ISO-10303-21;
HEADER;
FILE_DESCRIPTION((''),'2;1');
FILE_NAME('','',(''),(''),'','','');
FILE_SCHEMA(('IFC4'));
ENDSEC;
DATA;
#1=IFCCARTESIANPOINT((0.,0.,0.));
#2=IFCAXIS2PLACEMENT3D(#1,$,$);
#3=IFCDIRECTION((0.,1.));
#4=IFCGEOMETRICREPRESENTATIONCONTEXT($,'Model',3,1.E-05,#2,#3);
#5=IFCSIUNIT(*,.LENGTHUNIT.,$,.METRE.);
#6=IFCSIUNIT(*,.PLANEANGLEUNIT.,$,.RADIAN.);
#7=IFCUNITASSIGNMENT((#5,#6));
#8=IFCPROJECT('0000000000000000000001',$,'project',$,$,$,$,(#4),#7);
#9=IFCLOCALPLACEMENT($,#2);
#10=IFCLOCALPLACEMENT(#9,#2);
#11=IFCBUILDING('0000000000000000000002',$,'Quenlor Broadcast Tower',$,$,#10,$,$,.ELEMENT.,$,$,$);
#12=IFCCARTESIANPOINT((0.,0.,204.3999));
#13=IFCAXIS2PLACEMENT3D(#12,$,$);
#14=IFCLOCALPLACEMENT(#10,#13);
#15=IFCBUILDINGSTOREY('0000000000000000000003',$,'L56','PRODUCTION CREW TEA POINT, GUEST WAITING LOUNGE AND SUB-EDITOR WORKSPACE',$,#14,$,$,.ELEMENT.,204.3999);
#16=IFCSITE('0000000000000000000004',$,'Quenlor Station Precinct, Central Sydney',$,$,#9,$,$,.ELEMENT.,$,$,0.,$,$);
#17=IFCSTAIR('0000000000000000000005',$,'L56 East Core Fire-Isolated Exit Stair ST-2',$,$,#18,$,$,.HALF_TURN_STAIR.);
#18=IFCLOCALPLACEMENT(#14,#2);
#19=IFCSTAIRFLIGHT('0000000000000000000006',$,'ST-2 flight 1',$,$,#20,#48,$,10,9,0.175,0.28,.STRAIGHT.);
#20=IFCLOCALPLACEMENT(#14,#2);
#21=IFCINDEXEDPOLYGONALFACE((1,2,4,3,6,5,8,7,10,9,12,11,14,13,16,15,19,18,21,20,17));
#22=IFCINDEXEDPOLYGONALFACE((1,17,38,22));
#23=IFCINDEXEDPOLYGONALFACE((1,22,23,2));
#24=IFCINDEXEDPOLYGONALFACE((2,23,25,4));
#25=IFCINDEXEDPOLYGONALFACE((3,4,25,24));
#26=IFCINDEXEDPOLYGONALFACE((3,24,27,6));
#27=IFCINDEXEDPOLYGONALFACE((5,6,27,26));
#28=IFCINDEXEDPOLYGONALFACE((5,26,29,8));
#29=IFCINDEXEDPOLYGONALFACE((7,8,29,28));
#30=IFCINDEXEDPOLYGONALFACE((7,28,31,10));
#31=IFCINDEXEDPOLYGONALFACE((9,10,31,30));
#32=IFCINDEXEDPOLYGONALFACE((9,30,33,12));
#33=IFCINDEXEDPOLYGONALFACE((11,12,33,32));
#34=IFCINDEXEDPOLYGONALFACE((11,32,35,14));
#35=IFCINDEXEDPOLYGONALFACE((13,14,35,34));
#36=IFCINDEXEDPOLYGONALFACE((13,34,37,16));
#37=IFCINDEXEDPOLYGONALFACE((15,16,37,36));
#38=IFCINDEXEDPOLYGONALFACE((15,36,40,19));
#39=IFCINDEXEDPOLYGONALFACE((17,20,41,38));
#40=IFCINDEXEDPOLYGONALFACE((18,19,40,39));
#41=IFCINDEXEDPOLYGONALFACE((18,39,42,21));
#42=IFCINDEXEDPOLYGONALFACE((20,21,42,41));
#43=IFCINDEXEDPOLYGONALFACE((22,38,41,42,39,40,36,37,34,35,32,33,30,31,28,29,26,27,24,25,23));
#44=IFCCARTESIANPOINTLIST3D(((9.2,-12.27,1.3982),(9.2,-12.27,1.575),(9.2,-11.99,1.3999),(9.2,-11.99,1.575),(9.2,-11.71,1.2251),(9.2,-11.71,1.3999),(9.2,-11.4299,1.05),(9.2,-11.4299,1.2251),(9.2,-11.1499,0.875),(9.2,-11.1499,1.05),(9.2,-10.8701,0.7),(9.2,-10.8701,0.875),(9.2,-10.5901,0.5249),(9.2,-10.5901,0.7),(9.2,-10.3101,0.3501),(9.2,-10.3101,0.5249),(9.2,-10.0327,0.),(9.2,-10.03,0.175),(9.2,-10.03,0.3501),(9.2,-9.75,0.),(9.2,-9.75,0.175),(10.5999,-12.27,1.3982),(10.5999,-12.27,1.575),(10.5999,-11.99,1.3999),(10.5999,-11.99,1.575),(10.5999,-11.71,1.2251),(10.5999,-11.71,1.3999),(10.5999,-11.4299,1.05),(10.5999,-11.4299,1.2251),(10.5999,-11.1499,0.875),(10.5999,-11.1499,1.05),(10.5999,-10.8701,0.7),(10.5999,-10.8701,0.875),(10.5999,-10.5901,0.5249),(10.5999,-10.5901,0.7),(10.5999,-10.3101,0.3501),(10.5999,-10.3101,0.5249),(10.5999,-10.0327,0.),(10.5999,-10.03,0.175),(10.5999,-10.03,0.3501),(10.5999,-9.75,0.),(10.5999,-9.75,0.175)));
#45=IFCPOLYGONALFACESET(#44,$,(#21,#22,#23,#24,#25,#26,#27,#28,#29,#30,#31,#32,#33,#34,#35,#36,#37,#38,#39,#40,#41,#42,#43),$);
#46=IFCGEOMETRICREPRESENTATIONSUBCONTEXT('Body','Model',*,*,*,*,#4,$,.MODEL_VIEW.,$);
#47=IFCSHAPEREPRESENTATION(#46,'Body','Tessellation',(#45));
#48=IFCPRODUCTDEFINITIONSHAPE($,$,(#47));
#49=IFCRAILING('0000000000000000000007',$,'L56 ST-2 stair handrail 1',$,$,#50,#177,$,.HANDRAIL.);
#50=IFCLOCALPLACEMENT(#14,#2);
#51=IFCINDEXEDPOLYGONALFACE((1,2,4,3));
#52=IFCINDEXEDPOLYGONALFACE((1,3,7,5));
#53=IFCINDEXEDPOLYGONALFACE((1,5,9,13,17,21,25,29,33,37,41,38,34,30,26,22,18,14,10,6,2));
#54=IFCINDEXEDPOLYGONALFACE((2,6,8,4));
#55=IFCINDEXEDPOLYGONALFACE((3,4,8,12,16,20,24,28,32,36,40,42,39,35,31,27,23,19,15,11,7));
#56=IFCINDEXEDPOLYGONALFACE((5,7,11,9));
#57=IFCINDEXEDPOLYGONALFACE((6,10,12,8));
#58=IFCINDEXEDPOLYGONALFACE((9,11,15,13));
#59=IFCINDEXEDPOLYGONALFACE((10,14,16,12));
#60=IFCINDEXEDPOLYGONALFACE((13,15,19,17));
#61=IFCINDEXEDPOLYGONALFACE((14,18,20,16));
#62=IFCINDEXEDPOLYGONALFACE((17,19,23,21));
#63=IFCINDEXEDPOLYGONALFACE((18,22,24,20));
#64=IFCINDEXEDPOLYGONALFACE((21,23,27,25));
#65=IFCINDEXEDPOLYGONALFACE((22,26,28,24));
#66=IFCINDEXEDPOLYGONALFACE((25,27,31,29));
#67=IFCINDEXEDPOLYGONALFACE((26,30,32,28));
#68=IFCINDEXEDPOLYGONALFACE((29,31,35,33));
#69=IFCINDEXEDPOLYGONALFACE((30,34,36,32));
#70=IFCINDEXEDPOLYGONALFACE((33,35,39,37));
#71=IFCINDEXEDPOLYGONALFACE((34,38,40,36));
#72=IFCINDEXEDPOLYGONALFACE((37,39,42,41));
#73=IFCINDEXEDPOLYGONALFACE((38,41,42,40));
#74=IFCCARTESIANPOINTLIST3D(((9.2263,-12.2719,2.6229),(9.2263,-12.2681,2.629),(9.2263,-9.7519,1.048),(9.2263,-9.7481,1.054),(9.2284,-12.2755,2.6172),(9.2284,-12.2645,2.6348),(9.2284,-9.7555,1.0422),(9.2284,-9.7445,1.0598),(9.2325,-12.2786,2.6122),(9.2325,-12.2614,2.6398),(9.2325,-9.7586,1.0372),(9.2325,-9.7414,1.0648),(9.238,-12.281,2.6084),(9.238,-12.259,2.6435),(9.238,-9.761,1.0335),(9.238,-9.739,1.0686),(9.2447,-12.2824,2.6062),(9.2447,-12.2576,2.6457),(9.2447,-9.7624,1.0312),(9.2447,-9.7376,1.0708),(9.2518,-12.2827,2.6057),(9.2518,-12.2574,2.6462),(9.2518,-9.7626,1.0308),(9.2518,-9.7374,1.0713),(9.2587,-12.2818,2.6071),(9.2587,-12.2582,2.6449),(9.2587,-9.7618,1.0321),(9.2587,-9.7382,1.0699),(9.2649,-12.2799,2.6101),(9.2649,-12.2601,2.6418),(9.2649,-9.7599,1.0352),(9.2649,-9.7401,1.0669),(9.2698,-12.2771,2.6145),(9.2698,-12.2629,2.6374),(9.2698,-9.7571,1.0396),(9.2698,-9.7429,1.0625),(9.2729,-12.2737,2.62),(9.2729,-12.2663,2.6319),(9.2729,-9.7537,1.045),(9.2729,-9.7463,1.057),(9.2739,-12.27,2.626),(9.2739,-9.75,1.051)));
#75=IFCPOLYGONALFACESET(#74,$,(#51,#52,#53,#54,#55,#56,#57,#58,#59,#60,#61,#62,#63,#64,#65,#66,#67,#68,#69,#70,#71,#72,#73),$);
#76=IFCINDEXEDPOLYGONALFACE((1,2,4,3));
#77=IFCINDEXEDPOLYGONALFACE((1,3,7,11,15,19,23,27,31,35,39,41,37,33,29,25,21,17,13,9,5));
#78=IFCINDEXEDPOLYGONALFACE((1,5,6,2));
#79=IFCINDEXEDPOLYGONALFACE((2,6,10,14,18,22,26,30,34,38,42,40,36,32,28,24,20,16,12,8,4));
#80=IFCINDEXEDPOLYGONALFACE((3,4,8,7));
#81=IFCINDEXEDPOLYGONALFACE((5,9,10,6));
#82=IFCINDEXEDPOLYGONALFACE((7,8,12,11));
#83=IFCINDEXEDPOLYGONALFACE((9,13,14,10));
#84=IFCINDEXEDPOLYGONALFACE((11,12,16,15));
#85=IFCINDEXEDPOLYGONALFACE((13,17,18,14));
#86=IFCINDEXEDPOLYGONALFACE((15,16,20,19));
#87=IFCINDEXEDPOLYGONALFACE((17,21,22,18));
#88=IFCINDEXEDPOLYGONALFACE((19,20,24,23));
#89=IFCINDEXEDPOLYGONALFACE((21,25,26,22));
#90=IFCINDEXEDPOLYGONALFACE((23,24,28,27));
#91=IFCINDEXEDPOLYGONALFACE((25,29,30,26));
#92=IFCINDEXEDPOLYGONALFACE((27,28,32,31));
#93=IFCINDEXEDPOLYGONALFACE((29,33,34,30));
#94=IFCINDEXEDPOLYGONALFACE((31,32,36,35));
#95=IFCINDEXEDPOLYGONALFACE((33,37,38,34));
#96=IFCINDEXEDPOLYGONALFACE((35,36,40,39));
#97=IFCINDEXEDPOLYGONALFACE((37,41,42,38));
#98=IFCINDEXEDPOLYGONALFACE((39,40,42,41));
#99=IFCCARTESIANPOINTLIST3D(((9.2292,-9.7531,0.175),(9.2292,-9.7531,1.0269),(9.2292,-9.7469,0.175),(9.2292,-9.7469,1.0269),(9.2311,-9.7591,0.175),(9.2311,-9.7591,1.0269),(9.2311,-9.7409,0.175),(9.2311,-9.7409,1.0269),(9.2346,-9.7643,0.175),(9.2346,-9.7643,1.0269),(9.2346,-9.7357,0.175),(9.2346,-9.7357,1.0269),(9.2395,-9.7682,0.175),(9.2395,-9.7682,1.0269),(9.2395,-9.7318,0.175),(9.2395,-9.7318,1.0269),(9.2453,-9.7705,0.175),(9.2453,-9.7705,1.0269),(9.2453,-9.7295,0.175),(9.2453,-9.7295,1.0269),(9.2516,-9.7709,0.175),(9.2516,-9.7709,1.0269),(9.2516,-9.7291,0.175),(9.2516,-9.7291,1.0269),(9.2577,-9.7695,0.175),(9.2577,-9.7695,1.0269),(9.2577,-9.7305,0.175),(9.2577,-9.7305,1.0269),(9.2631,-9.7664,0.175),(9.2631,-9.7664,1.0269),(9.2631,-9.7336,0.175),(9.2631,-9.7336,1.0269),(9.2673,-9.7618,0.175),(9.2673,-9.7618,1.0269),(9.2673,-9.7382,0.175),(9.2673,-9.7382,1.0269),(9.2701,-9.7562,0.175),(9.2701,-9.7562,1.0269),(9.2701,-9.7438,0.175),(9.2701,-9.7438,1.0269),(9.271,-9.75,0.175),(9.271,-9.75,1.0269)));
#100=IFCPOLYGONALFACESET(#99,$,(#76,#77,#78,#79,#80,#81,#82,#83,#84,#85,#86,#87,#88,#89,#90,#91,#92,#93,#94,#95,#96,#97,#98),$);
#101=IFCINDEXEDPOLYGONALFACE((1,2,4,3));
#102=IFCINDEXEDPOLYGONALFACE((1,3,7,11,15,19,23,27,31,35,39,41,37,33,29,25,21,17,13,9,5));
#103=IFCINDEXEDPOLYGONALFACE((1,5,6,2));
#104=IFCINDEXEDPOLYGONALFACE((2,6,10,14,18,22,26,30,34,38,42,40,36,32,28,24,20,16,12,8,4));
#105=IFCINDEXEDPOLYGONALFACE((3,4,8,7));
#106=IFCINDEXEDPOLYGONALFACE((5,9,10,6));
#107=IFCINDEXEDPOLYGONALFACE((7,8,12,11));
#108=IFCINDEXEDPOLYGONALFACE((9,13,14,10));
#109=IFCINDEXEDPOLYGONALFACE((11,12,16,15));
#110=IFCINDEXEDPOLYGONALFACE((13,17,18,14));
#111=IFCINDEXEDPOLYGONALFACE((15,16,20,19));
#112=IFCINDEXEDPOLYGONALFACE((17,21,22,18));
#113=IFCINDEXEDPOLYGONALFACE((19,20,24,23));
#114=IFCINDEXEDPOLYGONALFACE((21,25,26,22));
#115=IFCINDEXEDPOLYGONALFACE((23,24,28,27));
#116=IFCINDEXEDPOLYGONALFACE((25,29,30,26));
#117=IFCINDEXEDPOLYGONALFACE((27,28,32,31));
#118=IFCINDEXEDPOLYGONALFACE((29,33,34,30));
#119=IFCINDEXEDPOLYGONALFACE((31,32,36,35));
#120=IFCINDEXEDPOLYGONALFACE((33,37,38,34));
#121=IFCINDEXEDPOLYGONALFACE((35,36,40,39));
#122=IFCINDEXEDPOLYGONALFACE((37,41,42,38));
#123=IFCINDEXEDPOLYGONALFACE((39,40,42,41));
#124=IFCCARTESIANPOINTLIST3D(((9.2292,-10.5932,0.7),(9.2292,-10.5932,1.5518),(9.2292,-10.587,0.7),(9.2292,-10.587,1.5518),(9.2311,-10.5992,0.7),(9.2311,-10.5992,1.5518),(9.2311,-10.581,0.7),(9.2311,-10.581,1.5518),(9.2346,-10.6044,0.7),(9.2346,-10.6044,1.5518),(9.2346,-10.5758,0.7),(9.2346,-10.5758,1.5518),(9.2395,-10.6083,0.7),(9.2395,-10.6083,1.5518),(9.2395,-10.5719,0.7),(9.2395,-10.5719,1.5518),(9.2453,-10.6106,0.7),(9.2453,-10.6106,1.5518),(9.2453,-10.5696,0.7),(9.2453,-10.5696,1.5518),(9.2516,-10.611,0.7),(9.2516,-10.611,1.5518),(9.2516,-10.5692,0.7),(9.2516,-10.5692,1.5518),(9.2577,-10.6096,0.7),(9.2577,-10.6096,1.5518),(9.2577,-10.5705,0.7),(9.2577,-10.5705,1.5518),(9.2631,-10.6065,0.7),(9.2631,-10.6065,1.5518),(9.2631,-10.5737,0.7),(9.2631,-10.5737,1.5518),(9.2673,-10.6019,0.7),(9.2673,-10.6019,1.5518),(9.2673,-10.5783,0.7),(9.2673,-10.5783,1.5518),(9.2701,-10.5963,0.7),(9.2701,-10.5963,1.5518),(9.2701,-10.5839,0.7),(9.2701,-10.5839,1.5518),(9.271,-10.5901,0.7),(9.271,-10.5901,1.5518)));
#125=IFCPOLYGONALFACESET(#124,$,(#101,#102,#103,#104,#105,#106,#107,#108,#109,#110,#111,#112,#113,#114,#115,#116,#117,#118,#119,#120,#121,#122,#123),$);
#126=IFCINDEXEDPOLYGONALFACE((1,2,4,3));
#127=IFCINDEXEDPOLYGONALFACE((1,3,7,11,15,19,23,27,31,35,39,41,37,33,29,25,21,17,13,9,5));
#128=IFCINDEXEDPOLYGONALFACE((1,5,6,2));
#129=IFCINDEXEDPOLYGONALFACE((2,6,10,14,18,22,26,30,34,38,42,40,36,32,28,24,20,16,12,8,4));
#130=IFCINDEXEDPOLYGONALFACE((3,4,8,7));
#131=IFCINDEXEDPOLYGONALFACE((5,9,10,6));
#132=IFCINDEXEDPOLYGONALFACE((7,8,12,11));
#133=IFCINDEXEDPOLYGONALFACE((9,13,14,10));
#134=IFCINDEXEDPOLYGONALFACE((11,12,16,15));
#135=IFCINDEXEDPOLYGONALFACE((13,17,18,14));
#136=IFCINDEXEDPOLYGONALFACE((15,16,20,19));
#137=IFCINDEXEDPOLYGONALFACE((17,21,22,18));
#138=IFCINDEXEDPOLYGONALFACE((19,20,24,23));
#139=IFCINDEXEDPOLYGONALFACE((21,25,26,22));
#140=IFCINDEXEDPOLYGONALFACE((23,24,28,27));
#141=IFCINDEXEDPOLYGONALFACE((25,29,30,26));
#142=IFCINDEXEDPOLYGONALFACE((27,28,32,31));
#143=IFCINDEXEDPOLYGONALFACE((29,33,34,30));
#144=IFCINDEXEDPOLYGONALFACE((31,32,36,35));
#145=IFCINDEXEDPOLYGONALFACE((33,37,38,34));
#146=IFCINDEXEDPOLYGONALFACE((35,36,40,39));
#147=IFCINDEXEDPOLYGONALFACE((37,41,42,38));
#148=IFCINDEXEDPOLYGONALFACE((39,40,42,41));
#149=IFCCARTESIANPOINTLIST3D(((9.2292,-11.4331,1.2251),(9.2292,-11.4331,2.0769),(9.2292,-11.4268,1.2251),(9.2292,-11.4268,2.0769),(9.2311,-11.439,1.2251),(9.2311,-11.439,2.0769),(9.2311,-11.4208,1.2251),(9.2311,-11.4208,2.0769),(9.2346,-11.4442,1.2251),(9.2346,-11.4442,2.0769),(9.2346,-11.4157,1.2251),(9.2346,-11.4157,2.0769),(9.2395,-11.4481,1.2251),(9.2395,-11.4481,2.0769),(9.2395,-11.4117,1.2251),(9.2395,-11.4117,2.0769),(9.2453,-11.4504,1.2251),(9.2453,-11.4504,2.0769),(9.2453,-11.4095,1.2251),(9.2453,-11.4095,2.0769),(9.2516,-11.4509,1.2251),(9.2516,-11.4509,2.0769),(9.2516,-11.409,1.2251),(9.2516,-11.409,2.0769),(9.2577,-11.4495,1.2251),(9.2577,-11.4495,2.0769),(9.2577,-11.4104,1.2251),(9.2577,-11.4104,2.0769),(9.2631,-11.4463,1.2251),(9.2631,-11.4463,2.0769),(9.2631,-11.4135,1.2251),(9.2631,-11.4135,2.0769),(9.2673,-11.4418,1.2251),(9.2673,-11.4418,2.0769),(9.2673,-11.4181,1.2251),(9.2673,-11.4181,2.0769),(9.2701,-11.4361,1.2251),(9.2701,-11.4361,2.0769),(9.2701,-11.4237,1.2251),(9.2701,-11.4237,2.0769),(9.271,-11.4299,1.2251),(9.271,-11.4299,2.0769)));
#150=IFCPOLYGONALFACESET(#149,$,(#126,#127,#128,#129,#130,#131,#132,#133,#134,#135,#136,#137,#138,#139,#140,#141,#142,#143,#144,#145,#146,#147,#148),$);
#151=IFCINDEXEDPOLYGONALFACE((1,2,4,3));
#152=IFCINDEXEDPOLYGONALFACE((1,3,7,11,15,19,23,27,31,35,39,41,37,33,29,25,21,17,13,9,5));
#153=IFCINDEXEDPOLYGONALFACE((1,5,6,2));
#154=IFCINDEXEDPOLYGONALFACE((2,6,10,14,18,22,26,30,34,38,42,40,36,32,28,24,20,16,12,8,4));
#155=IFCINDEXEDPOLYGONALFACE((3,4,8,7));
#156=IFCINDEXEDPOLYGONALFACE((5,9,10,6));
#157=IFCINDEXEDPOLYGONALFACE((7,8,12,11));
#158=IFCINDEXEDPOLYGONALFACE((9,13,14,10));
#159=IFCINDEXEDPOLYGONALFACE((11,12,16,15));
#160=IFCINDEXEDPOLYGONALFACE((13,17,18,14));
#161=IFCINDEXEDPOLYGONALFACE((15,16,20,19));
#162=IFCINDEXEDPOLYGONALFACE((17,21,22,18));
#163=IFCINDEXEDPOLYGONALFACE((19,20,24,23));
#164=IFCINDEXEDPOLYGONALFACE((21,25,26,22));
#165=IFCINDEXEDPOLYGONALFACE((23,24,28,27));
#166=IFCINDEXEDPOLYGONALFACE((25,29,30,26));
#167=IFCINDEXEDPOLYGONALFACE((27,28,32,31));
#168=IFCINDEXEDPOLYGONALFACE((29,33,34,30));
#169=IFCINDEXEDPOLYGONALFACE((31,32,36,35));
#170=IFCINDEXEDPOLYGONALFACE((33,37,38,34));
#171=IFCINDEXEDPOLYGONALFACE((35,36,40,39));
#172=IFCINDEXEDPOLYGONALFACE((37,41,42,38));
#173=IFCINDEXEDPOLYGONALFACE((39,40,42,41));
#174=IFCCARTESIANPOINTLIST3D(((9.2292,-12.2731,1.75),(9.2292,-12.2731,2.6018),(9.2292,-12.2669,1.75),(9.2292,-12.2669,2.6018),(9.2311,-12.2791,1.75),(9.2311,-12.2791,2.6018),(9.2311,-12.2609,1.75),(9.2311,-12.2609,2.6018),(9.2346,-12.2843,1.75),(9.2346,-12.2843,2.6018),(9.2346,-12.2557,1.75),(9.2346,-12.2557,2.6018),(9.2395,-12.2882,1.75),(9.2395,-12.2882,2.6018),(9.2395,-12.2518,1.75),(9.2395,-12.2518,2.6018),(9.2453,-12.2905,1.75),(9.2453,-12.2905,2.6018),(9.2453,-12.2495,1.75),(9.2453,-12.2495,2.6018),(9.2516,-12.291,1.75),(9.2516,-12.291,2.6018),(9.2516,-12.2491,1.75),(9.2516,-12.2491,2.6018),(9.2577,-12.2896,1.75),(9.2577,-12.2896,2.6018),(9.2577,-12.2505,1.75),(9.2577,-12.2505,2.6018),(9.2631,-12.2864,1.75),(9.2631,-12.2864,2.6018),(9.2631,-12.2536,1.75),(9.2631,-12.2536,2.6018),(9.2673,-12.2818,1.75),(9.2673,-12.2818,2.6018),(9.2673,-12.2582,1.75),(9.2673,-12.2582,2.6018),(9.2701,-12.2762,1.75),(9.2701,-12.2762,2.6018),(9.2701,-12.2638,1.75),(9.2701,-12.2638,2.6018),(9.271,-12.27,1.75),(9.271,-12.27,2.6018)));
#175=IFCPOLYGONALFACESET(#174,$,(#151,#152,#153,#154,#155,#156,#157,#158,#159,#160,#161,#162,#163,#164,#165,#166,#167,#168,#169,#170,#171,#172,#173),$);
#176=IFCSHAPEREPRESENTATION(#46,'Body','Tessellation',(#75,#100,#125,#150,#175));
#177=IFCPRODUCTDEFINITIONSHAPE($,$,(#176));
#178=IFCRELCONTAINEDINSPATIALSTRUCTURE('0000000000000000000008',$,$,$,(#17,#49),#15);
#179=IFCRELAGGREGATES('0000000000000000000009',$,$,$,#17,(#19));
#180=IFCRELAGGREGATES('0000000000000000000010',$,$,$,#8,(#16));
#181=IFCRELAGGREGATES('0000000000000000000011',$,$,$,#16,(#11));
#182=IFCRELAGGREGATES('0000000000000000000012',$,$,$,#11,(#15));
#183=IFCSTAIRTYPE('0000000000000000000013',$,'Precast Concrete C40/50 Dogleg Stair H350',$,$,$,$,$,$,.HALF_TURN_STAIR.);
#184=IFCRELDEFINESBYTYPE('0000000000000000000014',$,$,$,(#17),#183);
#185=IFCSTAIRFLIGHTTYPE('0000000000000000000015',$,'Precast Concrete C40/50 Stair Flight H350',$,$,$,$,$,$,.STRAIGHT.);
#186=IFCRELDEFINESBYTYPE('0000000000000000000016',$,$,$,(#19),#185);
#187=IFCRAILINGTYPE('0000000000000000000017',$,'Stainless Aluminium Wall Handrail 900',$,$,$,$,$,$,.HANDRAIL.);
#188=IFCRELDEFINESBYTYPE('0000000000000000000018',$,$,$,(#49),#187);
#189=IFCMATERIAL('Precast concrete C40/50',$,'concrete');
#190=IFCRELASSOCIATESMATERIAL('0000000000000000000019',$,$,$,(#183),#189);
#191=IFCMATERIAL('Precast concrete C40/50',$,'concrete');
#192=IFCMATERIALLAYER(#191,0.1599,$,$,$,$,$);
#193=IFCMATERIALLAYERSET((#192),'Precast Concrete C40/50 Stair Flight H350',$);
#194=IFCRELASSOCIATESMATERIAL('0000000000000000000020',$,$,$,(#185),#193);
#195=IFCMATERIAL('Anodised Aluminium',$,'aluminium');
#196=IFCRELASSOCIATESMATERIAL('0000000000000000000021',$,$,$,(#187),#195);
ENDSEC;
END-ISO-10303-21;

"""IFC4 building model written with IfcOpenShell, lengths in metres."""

from ifc_helpers import new_model, si_unit, direction, frame, origin, origin_2d, place, context, subcontext, project, spatial, polyline, circle, outline, extrude, material, layer, layer_set, type_object, element, aggregate, save


model = new_model("IFC4")

# Units and contexts
model_context = context("Model", 3, precision=1e-05, world=origin(), true_north=direction((0.0, 1.0)))
body_context = subcontext(model_context, "Body", "Model", "MODEL_VIEW")
ifc_project = project(units=[si_unit("LENGTHUNIT", "METRE"), si_unit("PLANEANGLEUNIT", "RADIAN")], contexts=[model_context])

# Site, building, storey
site_placement = place(None, origin())
site = spatial("IfcSite", under=ifc_project, at=site_placement, Name="Quenlor Station Precinct, Central Sydney", CompositionType="ELEMENT", RefElevation=0.0)
building_placement = place(site_placement, origin())
building = spatial("IfcBuilding", under=site, at=building_placement, Name="Quenlor Broadcast Tower", CompositionType="ELEMENT")
storey_placement = place(building_placement, frame((0.0, 0.0, 204.3999)))
storey = spatial("IfcBuildingStorey", under=building, at=storey_placement, Name="L56", Description="PRODUCTION CREW TEA POINT, GUEST WAITING LOUNGE AND SUB-EDITOR WORKSPACE", CompositionType="ELEMENT", Elevation=204.3999)

# Stair, stair flight
ifc_material_1 = material(Name="Precast concrete C40/50", Category="concrete")
stair_type = type_object("IfcStairType", Name="Precast Concrete C40/50 Dogleg Stair H350", PredefinedType="HALF_TURN_STAIR", material=ifc_material_1)
stair_placement = place(storey_placement, origin())
stair = element("IfcStair", 1, at=stair_placement, inside=storey, type_object=stair_type, Name="L56 East Core Fire-Isolated Exit Stair ST-2", PredefinedType="HALF_TURN_STAIR")
ifc_material_2 = material(Name="Precast concrete C40/50", Category="concrete")
ifc_layer_1 = layer(ifc_material_2, 0.1599)
ifc_layer_set_1 = layer_set([ifc_layer_1], Name="Precast Concrete C40/50 Stair Flight H350")
stair_flight_type = type_object("IfcStairFlightType", Name="Precast Concrete C40/50 Stair Flight H350", PredefinedType="STRAIGHT", material=ifc_layer_set_1)
stair_flight_placement = place(storey_placement, frame((9.8999, -9.75, 0.0), z_axis=(0.0, 0.0, 1.0), x_axis=(0.0, -1.0, 0.0)))
stair_flight = element("IfcStairFlight", 2, at=stair_flight_placement, type_object=stair_flight_type, Name="ST-2 flight 1", NumberOfRisers=10, NumberOfTreads=9, PredefinedType="STRAIGHT", RiserHeight=0.175, TreadLength=0.28, context=body_context, shape_type="SweptSolid", body=[
    extrude(outline(polyline([(0.0, 0.0), (0.0, 0.175), (0.28, 0.175), (0.28, 0.3501), (0.5601, 0.3501), (0.5601, 0.5249), (0.8401, 0.5249), (0.8401, 0.7), (1.1201, 0.7), (1.1201, 0.875), (1.3999, 0.875), (1.3999, 1.05), (1.6799, 1.05), (1.6799, 1.2251), (1.96, 1.2251), (1.96, 1.3999), (2.24, 1.3999), (2.24, 1.575), (2.52, 1.575), (2.52, 1.75), (2.52, 1.3982), (0.2827, 0.0), (0.0, 0.0)])), frame((0.0, 0.7, 0.0), z_axis=(0.0, -1.0, 0.0), x_axis=(1.0, 0.0, 0.0)), (0.0, 0.0, 1.0), 1.3999),
])
aggregate(stair, [stair_flight])

# Railing
ifc_material_3 = material(Name="Anodised Aluminium", Category="aluminium")
railing_type_1 = type_object("IfcRailingType", Name="Stainless Aluminium Wall Handrail 900", PredefinedType="HANDRAIL", material=ifc_material_3)
railing_1_placement = place(storey_placement, frame((9.25, -9.75, 0.175)))
element("IfcRailing", 3, at=railing_1_placement, inside=storey, type_object=railing_type_1, Name="L56 ST-2 stair handrail 1", PredefinedType="HANDRAIL", context=body_context, shape_type="SweptSolid", body=[
    extrude(circle(Radius=0.0239, at=origin_2d()), frame((0.0, 0.0, 0.876), z_axis=(0.0, -0.848008, 0.529984), x_axis=(1.0, 0.0, 0.0)), (0.0, 0.0, 1.0), 2.9717),
    extrude(circle(Radius=0.021, at=origin_2d()), origin(), (0.0, 0.0, 1.0), 0.8518),
    extrude(circle(Radius=0.021, at=origin_2d()), frame((0.0, -0.8401, 0.5249)), (0.0, 0.0, 1.0), 0.8518),
    extrude(circle(Radius=0.021, at=origin_2d()), frame((0.0, -1.6799, 1.05)), (0.0, 0.0, 1.0), 0.8518),
    extrude(circle(Radius=0.021, at=origin_2d()), frame((0.0, -2.52, 1.575)), (0.0, 0.0, 1.0), 0.8518),
])

save(model, "model.ifc")
